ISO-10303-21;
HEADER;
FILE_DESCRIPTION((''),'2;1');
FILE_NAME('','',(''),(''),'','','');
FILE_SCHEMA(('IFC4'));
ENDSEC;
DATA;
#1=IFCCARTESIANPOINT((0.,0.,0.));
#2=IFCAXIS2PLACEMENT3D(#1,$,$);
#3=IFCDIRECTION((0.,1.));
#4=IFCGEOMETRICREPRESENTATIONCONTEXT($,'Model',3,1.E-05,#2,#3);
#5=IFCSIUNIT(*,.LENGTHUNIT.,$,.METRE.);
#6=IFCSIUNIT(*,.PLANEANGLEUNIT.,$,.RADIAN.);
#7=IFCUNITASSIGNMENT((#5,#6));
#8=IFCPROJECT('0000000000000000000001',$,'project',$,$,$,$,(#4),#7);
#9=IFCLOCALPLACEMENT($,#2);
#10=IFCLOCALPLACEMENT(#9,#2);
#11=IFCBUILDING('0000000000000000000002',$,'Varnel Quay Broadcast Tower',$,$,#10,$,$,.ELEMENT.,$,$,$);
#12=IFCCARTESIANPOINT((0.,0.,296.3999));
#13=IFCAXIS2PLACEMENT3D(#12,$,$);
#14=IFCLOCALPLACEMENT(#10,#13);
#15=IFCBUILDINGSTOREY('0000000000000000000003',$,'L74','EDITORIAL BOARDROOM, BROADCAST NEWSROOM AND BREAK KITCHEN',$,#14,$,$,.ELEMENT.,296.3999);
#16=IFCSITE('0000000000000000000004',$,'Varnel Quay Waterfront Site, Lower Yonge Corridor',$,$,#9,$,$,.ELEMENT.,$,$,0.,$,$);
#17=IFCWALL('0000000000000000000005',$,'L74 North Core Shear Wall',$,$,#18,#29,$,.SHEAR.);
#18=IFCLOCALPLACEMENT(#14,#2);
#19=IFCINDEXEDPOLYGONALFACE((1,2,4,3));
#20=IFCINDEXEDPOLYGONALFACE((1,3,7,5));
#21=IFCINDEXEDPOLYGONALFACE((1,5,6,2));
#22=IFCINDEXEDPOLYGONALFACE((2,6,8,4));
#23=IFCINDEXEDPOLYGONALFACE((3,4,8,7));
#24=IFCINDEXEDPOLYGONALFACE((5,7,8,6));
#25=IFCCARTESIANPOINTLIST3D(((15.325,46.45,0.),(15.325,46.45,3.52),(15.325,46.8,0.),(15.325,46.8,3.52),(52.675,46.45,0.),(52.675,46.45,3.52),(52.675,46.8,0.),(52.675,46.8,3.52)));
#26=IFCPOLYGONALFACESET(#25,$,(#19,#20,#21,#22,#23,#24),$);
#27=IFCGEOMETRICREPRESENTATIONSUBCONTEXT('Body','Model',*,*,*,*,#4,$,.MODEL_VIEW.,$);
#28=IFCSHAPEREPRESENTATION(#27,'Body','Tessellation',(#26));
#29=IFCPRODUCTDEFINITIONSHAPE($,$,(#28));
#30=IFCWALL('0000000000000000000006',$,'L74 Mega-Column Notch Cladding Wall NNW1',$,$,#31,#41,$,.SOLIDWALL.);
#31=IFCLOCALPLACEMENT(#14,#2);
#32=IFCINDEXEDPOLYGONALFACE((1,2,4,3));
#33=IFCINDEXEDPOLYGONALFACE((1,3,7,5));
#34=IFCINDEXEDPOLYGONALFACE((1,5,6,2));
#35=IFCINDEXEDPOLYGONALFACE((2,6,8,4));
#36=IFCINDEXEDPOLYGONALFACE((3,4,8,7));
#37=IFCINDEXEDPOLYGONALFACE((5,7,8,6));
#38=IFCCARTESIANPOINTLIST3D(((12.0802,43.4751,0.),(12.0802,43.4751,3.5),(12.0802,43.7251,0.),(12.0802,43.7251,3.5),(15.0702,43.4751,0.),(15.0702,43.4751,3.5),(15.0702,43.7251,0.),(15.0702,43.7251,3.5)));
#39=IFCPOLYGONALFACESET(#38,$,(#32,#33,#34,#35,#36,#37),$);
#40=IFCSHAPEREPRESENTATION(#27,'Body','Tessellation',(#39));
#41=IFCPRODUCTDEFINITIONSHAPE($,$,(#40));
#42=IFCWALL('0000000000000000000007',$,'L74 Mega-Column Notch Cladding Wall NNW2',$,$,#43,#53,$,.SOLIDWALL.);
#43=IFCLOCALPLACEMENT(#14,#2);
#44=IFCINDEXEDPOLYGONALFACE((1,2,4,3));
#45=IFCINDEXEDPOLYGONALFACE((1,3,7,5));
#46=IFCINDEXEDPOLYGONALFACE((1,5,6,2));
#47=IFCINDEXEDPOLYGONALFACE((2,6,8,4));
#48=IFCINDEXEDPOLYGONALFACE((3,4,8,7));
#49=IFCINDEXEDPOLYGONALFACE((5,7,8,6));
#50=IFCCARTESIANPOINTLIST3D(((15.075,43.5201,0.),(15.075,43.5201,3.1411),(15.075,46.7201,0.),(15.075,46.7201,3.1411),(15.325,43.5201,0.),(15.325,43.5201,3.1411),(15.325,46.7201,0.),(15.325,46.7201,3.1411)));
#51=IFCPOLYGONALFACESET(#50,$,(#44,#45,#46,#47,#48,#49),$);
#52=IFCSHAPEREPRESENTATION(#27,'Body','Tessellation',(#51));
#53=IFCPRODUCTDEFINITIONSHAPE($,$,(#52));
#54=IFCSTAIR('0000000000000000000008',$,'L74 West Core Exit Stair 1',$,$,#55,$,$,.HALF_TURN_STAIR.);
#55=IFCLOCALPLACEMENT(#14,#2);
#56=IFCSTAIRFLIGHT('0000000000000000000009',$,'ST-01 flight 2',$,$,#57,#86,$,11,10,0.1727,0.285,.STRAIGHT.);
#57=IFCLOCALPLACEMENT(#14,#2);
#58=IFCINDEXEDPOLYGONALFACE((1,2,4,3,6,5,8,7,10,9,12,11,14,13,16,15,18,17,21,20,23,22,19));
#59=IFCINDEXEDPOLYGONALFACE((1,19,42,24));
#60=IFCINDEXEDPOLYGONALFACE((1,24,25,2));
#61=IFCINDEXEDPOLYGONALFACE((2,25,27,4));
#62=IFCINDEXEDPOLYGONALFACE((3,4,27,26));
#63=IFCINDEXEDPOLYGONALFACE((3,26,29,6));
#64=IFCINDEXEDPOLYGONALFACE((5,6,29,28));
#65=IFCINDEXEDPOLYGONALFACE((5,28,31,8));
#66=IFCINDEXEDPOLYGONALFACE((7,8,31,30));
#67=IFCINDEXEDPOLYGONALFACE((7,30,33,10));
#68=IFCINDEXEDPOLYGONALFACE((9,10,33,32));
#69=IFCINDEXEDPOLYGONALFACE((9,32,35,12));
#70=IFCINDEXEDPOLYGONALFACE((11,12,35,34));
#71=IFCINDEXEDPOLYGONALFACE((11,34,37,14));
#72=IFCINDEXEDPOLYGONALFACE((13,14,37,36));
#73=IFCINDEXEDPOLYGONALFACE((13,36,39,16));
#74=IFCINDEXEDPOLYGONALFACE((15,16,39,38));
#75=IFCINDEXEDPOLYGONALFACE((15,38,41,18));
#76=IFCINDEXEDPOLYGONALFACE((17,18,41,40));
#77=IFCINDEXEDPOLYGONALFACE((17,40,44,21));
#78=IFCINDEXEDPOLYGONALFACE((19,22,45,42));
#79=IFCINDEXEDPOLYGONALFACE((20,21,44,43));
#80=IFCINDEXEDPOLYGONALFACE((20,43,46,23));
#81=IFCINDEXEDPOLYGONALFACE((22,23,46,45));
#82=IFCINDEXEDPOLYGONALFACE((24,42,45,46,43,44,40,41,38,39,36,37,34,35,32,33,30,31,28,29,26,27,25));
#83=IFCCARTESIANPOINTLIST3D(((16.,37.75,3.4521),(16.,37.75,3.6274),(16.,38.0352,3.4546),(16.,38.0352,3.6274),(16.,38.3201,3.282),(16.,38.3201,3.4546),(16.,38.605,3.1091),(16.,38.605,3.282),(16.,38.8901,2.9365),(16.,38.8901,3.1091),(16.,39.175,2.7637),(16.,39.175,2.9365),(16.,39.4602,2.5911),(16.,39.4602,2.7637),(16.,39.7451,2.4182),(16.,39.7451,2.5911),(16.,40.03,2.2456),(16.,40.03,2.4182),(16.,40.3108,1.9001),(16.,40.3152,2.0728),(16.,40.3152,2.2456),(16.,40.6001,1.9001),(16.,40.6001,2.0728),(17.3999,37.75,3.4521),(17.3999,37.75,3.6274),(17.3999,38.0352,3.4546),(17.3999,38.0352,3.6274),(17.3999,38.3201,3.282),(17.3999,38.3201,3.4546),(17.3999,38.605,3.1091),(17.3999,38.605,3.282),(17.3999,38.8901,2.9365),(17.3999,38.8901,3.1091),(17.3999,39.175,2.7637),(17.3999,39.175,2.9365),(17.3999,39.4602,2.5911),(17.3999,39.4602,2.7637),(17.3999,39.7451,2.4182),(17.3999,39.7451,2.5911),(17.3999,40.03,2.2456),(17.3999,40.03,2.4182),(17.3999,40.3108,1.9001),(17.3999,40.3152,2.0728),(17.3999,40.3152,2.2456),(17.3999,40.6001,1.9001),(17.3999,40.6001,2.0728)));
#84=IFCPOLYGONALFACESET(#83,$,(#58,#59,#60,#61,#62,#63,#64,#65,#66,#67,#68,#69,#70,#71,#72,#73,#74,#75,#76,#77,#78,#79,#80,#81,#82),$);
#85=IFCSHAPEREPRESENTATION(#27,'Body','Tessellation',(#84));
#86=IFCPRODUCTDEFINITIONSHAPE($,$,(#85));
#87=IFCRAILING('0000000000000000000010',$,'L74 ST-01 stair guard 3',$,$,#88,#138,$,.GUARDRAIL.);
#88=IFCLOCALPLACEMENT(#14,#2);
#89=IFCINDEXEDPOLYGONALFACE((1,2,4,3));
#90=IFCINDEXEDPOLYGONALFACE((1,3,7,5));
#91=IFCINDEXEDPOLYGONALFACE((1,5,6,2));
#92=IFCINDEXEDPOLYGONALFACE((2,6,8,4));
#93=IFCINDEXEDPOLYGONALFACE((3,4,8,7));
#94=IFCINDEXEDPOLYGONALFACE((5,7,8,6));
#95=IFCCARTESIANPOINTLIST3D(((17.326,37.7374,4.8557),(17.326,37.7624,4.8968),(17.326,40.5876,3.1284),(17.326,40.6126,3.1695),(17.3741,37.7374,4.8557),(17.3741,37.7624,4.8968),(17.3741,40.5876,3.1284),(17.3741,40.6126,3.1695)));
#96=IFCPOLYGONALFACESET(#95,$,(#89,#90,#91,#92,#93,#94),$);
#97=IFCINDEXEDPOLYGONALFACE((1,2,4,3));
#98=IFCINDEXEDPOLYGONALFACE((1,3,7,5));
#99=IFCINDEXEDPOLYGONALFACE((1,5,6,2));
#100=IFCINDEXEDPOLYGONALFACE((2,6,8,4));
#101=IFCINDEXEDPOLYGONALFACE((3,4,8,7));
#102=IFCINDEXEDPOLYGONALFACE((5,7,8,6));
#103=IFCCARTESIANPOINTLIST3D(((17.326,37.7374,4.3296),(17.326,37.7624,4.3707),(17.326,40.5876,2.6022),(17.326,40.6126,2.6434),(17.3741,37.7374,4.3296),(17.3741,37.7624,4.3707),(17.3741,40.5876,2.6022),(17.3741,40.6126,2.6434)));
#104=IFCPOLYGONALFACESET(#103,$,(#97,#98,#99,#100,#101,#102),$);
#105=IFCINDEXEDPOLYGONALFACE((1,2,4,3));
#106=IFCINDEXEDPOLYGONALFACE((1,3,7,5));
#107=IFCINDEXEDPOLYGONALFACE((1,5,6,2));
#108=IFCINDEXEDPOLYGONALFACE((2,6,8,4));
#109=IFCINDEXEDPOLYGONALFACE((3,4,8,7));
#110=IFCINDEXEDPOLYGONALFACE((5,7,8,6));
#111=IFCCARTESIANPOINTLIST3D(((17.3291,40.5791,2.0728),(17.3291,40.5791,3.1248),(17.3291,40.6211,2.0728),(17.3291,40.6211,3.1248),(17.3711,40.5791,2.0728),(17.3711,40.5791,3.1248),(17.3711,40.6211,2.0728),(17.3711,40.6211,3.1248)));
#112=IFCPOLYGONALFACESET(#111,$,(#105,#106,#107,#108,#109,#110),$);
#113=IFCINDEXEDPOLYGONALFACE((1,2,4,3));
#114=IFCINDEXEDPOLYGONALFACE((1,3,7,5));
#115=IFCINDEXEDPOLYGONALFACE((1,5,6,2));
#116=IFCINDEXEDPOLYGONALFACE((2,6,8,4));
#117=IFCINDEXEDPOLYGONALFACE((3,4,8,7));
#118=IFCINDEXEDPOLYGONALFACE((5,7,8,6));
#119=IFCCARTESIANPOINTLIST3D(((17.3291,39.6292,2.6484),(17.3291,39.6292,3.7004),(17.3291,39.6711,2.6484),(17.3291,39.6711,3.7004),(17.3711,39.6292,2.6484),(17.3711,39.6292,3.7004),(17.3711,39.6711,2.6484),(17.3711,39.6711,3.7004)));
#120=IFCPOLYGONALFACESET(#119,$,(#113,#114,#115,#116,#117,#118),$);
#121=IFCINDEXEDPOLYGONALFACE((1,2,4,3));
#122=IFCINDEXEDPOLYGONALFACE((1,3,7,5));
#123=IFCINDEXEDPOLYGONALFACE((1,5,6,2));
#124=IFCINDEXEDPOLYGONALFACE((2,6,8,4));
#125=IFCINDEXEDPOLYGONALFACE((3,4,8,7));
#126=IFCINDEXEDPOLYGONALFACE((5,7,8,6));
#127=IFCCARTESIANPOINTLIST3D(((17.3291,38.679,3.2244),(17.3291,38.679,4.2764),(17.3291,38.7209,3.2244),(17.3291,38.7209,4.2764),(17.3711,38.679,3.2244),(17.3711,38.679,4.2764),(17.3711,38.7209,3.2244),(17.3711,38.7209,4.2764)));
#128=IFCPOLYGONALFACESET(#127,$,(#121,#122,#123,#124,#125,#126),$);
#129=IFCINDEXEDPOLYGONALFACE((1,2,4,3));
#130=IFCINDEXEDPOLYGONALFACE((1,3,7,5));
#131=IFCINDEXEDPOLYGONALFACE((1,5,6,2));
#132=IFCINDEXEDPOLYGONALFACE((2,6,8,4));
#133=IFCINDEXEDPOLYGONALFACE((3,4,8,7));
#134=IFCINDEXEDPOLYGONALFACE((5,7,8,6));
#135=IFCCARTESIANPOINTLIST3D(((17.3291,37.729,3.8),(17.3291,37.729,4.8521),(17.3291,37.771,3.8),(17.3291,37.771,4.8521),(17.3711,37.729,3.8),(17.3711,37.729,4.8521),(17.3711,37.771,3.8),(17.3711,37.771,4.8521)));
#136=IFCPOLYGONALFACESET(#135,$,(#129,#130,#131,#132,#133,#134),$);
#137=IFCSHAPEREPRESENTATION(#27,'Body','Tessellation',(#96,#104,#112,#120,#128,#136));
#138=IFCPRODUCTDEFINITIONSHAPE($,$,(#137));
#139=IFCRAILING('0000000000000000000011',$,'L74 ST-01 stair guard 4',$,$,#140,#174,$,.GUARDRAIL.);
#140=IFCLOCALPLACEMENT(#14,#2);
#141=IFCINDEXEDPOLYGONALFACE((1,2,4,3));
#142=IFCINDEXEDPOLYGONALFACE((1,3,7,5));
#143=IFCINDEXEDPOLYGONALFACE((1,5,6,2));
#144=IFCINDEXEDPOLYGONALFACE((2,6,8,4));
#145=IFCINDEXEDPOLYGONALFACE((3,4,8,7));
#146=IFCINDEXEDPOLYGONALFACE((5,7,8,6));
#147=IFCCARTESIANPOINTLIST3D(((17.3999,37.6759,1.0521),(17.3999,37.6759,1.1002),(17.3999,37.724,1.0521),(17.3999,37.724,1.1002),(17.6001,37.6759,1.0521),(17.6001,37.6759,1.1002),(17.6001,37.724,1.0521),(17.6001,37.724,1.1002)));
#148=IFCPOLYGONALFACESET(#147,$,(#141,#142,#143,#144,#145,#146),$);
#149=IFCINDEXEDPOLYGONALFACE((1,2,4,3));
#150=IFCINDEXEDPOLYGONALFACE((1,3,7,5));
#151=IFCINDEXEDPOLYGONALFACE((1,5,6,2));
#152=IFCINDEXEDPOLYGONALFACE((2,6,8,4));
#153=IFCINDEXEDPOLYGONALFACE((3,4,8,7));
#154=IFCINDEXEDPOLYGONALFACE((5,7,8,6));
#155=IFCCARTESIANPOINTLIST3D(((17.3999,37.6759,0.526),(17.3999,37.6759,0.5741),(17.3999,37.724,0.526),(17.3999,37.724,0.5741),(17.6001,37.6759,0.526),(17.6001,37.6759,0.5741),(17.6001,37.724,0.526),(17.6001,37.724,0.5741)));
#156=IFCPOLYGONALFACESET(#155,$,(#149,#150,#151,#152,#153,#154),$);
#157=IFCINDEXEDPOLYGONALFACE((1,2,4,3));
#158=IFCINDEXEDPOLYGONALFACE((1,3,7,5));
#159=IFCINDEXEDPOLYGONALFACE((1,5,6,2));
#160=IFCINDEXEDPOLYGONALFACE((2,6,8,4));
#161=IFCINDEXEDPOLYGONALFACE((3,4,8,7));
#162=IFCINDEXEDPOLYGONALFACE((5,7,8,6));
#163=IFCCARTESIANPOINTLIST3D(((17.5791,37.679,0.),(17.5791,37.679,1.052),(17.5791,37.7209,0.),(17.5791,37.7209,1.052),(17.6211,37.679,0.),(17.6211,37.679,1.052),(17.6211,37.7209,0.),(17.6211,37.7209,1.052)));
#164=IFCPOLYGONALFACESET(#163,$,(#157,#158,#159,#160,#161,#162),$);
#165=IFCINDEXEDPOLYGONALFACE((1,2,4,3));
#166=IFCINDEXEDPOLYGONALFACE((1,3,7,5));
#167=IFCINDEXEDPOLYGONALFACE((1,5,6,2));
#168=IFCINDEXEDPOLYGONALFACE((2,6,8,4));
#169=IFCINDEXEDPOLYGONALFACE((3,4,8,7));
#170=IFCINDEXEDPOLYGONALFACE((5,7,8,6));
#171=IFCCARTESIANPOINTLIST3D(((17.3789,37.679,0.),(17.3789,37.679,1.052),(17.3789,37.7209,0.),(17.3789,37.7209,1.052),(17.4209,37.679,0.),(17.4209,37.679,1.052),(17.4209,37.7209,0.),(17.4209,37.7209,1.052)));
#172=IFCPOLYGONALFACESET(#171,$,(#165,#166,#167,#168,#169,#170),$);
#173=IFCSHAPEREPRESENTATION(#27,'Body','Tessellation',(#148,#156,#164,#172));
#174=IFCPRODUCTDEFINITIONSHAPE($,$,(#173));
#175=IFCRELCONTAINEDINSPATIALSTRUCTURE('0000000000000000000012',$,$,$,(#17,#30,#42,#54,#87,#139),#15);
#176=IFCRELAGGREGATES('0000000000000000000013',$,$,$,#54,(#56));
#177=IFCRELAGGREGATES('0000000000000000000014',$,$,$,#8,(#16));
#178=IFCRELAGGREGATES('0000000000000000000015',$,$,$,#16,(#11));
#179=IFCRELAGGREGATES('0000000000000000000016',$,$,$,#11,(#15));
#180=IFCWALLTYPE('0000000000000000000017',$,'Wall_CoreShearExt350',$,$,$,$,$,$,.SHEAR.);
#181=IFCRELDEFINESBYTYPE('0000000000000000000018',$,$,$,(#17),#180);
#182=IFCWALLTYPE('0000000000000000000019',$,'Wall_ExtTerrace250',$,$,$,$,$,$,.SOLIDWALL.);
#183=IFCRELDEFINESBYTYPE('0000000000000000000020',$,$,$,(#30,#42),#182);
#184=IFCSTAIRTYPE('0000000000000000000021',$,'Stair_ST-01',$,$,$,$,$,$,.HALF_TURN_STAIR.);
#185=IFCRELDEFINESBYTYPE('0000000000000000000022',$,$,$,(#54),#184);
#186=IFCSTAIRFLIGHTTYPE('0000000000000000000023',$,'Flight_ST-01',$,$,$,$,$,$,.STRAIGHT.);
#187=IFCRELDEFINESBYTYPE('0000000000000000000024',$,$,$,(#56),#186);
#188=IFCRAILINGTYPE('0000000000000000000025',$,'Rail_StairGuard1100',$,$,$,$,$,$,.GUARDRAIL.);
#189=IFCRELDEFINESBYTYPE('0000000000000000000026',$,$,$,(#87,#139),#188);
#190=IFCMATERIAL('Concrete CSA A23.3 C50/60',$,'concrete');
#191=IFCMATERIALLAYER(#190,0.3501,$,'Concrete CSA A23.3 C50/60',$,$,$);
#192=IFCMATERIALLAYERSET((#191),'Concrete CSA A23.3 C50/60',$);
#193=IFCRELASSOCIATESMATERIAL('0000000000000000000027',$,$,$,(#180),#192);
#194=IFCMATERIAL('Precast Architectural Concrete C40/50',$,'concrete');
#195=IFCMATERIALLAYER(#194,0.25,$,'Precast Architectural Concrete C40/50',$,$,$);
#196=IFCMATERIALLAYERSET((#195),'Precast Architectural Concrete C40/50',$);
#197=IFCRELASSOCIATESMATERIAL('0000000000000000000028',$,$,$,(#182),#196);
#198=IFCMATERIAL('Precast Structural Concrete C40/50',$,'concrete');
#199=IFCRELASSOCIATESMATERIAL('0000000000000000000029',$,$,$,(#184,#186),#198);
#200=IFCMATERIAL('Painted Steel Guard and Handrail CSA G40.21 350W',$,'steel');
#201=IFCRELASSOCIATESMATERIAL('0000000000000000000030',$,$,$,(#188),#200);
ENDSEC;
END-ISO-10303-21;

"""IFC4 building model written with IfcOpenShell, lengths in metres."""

from ifc_helpers import new_model, si_unit, direction, frame, frame_2d, origin, origin_2d, place, context, subcontext, project, spatial, polyline, rectangle, outline, extrude, material, layer, layer_set, type_object, element, aggregate, save


model = new_model("IFC4")

# Units and contexts
model_context = context("Model", 3, precision=1e-05, world=origin(), true_north=direction((0.0, 1.0)))
body_context = subcontext(model_context, "Body", "Model", "MODEL_VIEW")
ifc_project = project(units=[si_unit("LENGTHUNIT", "METRE"), si_unit("PLANEANGLEUNIT", "RADIAN")], contexts=[model_context])

# Site, building, storey
site_placement = place(None, origin())
site = spatial("IfcSite", under=ifc_project, at=site_placement, Name="Varnel Quay Waterfront Site, Lower Yonge Corridor", CompositionType="ELEMENT", RefElevation=0.0)
building_placement = place(site_placement, origin())
building = spatial("IfcBuilding", under=site, at=building_placement, Name="Varnel Quay Broadcast Tower", CompositionType="ELEMENT")
storey_placement = place(building_placement, frame((0.0, 0.0, 296.3999)))
storey = spatial("IfcBuildingStorey", under=building, at=storey_placement, Name="L74", Description="EDITORIAL BOARDROOM, BROADCAST NEWSROOM AND BREAK KITCHEN", CompositionType="ELEMENT", Elevation=296.3999)

# Walls
ifc_material_1 = material(Name="Concrete CSA A23.3 C50/60", Category="concrete")
ifc_layer_1 = layer(ifc_material_1, 0.3501, Name="Concrete CSA A23.3 C50/60")
ifc_layer_set_1 = layer_set([ifc_layer_1], Name="Concrete CSA A23.3 C50/60")
wall_type_1 = type_object("IfcWallType", Name="Wall_CoreShearExt350", PredefinedType="SHEAR", material=ifc_layer_set_1)
wall_1_placement = place(storey_placement, frame((15.325, 46.625, 0.0), z_axis=(0.0, 0.0, 1.0), x_axis=(1.0, 0.0, 0.0)))
element("IfcWall", 1, at=wall_1_placement, inside=storey, type_object=wall_type_1, Name="L74 North Core Shear Wall", PredefinedType="SHEAR", context=body_context, shape_type="SweptSolid", body=[
    extrude(rectangle(XDim=37.3501, YDim=0.3501, at=frame_2d((18.675, 0.0))), origin(), (0.0, 0.0, 1.0), 3.52),
])
ifc_material_2 = material(Name="Precast Architectural Concrete C40/50", Category="concrete")
ifc_layer_2 = layer(ifc_material_2, 0.25, Name="Precast Architectural Concrete C40/50")
ifc_layer_set_2 = layer_set([ifc_layer_2], Name="Precast Architectural Concrete C40/50")
wall_type_2 = type_object("IfcWallType", Name="Wall_ExtTerrace250", PredefinedType="SOLIDWALL", material=ifc_layer_set_2)
wall_2_placement = place(storey_placement, frame((12.0801, 43.6001, 0.0), z_axis=(0.0, 0.0, 1.0), x_axis=(1.0, 0.0, 0.0)))
element("IfcWall", 2, at=wall_2_placement, inside=storey, type_object=wall_type_2, Name="L74 Mega-Column Notch Cladding Wall NNW1", PredefinedType="SOLIDWALL", context=body_context, shape_type="SweptSolid", body=[
    extrude(rectangle(XDim=2.99, YDim=0.25, at=frame_2d((1.4951, 0.0))), origin(), (0.0, 0.0, 1.0), 3.5),
])
wall_3_placement = place(storey_placement, frame((15.2, 43.52, 0.0), z_axis=(0.0, 0.0, 1.0), x_axis=(0.0, 1.0, 0.0)))
element("IfcWall", 3, at=wall_3_placement, inside=storey, type_object=wall_type_2, Name="L74 Mega-Column Notch Cladding Wall NNW2", PredefinedType="SOLIDWALL", context=body_context, shape_type="SweptSolid", body=[
    extrude(rectangle(XDim=3.2, YDim=0.25, at=frame_2d((1.6001, 0.0))), origin(), (0.0, 0.0, 1.0), 3.1411),
])

# Stair, stair flight
ifc_material_3 = material(Name="Precast Structural Concrete C40/50", Category="concrete")
stair_type = type_object("IfcStairType", Name="Stair_ST-01", PredefinedType="HALF_TURN_STAIR", material=ifc_material_3)
stair_placement = place(storey_placement, origin())
stair = element("IfcStair", 4, at=stair_placement, inside=storey, type_object=stair_type, Name="L74 West Core Exit Stair 1", PredefinedType="HALF_TURN_STAIR")
stair_flight_type = type_object("IfcStairFlightType", Name="Flight_ST-01", PredefinedType="STRAIGHT", material=ifc_material_3)
stair_flight_placement = place(storey_placement, frame((16.7, 40.6001, 1.9001), z_axis=(0.0, 0.0, 1.0), x_axis=(0.0, -1.0, 0.0)))
stair_flight = element("IfcStairFlight", 5, at=stair_flight_placement, type_object=stair_flight_type, Name="ST-01 flight 2", NumberOfRisers=11, NumberOfTreads=10, PredefinedType="STRAIGHT", RiserHeight=0.1727, TreadLength=0.285, context=body_context, shape_type="SweptSolid", body=[
    extrude(outline(polyline([(0.0, 0.0), (0.0, 0.1726), (0.2849, 0.1726), (0.2849, 0.3455), (0.5701, 0.3455), (0.5701, 0.5181), (0.855, 0.5181), (0.855, 0.6909), (1.1399, 0.6909), (1.1399, 0.8635), (1.425, 0.8635), (1.425, 1.0364), (1.71, 1.0364), (1.71, 1.209), (1.9951, 1.209), (1.9951, 1.3818), (2.28, 1.3818), (2.28, 1.5544), (2.5649, 1.5544), (2.5649, 1.7273), (2.8501, 1.7273), (2.8501, 1.8999), (2.8501, 1.552), (0.2893, 0.0), (0.0, 0.0)])), frame((0.0, 0.7, 0.0), z_axis=(0.0, -1.0, 0.0), x_axis=(1.0, 0.0, 0.0)), (0.0, 0.0, 1.0), 1.3999),
])
aggregate(stair, [stair_flight])

# Railings
ifc_material_4 = material(Name="Painted Steel Guard and Handrail CSA G40.21 350W", Category="steel")
railing_type_1 = type_object("IfcRailingType", Name="Rail_StairGuard1100", PredefinedType="GUARDRAIL", material=ifc_material_4)
railing_1_placement = place(storey_placement, frame((17.3501, 40.6001, 2.0728)))
element("IfcRailing", 6, at=railing_1_placement, inside=storey, type_object=railing_type_1, Name="L74 ST-01 stair guard 3", PredefinedType="GUARDRAIL", context=body_context, shape_type="SweptSolid", body=[
    extrude(rectangle(XDim=0.0481, YDim=0.0481, at=origin_2d()), frame((0.0, 0.0, 1.0762), z_axis=(0.0, -0.855203, 0.518294), x_axis=(1.0, 0.0, 0.0)), (0.0, 0.0, 1.0), 3.3328),
    extrude(rectangle(XDim=0.0481, YDim=0.0481, at=origin_2d()), frame((0.0, 0.0, 0.55), z_axis=(0.0, -0.855203, 0.518294), x_axis=(1.0, 0.0, 0.0)), (0.0, 0.0, 1.0), 3.3328),
    extrude(rectangle(XDim=0.042, YDim=0.042, at=origin_2d()), origin(), (0.0, 0.0, 1.0), 1.052),
    extrude(rectangle(XDim=0.042, YDim=0.042, at=origin_2d()), frame((0.0, -0.95, 0.5757)), (0.0, 0.0, 1.0), 1.052),
    extrude(rectangle(XDim=0.042, YDim=0.042, at=origin_2d()), frame((0.0, -1.9001, 1.1516)), (0.0, 0.0, 1.0), 1.052),
    extrude(rectangle(XDim=0.042, YDim=0.042, at=origin_2d()), frame((0.0, -2.8501, 1.7273)), (0.0, 0.0, 1.0), 1.052),
])
railing_2_placement = place(storey_placement, frame((17.6001, 37.7, 0.0)))
element("IfcRailing", 7, at=railing_2_placement, inside=storey, type_object=railing_type_1, Name="L74 ST-01 stair guard 4", PredefinedType="GUARDRAIL", context=body_context, shape_type="SweptSolid", body=[
    extrude(rectangle(XDim=0.0481, YDim=0.0481, at=origin_2d()), frame((0.0, 0.0, 1.0762), z_axis=(-1.0, 0.0, 0.0), x_axis=(0.0, -1.0, 0.0)), (0.0, 0.0, 1.0), 0.2002),
    extrude(rectangle(XDim=0.0481, YDim=0.0481, at=origin_2d()), frame((0.0, 0.0, 0.55), z_axis=(-1.0, 0.0, 0.0), x_axis=(0.0, -1.0, 0.0)), (0.0, 0.0, 1.0), 0.2002),
    extrude(rectangle(XDim=0.042, YDim=0.042, at=origin_2d()), origin(), (0.0, 0.0, 1.0), 1.052),
    extrude(rectangle(XDim=0.042, YDim=0.042, at=origin_2d()), frame((-0.2002, 0.0, 0.0)), (0.0, 0.0, 1.0), 1.052),
])

save(model, "model.ifc")
